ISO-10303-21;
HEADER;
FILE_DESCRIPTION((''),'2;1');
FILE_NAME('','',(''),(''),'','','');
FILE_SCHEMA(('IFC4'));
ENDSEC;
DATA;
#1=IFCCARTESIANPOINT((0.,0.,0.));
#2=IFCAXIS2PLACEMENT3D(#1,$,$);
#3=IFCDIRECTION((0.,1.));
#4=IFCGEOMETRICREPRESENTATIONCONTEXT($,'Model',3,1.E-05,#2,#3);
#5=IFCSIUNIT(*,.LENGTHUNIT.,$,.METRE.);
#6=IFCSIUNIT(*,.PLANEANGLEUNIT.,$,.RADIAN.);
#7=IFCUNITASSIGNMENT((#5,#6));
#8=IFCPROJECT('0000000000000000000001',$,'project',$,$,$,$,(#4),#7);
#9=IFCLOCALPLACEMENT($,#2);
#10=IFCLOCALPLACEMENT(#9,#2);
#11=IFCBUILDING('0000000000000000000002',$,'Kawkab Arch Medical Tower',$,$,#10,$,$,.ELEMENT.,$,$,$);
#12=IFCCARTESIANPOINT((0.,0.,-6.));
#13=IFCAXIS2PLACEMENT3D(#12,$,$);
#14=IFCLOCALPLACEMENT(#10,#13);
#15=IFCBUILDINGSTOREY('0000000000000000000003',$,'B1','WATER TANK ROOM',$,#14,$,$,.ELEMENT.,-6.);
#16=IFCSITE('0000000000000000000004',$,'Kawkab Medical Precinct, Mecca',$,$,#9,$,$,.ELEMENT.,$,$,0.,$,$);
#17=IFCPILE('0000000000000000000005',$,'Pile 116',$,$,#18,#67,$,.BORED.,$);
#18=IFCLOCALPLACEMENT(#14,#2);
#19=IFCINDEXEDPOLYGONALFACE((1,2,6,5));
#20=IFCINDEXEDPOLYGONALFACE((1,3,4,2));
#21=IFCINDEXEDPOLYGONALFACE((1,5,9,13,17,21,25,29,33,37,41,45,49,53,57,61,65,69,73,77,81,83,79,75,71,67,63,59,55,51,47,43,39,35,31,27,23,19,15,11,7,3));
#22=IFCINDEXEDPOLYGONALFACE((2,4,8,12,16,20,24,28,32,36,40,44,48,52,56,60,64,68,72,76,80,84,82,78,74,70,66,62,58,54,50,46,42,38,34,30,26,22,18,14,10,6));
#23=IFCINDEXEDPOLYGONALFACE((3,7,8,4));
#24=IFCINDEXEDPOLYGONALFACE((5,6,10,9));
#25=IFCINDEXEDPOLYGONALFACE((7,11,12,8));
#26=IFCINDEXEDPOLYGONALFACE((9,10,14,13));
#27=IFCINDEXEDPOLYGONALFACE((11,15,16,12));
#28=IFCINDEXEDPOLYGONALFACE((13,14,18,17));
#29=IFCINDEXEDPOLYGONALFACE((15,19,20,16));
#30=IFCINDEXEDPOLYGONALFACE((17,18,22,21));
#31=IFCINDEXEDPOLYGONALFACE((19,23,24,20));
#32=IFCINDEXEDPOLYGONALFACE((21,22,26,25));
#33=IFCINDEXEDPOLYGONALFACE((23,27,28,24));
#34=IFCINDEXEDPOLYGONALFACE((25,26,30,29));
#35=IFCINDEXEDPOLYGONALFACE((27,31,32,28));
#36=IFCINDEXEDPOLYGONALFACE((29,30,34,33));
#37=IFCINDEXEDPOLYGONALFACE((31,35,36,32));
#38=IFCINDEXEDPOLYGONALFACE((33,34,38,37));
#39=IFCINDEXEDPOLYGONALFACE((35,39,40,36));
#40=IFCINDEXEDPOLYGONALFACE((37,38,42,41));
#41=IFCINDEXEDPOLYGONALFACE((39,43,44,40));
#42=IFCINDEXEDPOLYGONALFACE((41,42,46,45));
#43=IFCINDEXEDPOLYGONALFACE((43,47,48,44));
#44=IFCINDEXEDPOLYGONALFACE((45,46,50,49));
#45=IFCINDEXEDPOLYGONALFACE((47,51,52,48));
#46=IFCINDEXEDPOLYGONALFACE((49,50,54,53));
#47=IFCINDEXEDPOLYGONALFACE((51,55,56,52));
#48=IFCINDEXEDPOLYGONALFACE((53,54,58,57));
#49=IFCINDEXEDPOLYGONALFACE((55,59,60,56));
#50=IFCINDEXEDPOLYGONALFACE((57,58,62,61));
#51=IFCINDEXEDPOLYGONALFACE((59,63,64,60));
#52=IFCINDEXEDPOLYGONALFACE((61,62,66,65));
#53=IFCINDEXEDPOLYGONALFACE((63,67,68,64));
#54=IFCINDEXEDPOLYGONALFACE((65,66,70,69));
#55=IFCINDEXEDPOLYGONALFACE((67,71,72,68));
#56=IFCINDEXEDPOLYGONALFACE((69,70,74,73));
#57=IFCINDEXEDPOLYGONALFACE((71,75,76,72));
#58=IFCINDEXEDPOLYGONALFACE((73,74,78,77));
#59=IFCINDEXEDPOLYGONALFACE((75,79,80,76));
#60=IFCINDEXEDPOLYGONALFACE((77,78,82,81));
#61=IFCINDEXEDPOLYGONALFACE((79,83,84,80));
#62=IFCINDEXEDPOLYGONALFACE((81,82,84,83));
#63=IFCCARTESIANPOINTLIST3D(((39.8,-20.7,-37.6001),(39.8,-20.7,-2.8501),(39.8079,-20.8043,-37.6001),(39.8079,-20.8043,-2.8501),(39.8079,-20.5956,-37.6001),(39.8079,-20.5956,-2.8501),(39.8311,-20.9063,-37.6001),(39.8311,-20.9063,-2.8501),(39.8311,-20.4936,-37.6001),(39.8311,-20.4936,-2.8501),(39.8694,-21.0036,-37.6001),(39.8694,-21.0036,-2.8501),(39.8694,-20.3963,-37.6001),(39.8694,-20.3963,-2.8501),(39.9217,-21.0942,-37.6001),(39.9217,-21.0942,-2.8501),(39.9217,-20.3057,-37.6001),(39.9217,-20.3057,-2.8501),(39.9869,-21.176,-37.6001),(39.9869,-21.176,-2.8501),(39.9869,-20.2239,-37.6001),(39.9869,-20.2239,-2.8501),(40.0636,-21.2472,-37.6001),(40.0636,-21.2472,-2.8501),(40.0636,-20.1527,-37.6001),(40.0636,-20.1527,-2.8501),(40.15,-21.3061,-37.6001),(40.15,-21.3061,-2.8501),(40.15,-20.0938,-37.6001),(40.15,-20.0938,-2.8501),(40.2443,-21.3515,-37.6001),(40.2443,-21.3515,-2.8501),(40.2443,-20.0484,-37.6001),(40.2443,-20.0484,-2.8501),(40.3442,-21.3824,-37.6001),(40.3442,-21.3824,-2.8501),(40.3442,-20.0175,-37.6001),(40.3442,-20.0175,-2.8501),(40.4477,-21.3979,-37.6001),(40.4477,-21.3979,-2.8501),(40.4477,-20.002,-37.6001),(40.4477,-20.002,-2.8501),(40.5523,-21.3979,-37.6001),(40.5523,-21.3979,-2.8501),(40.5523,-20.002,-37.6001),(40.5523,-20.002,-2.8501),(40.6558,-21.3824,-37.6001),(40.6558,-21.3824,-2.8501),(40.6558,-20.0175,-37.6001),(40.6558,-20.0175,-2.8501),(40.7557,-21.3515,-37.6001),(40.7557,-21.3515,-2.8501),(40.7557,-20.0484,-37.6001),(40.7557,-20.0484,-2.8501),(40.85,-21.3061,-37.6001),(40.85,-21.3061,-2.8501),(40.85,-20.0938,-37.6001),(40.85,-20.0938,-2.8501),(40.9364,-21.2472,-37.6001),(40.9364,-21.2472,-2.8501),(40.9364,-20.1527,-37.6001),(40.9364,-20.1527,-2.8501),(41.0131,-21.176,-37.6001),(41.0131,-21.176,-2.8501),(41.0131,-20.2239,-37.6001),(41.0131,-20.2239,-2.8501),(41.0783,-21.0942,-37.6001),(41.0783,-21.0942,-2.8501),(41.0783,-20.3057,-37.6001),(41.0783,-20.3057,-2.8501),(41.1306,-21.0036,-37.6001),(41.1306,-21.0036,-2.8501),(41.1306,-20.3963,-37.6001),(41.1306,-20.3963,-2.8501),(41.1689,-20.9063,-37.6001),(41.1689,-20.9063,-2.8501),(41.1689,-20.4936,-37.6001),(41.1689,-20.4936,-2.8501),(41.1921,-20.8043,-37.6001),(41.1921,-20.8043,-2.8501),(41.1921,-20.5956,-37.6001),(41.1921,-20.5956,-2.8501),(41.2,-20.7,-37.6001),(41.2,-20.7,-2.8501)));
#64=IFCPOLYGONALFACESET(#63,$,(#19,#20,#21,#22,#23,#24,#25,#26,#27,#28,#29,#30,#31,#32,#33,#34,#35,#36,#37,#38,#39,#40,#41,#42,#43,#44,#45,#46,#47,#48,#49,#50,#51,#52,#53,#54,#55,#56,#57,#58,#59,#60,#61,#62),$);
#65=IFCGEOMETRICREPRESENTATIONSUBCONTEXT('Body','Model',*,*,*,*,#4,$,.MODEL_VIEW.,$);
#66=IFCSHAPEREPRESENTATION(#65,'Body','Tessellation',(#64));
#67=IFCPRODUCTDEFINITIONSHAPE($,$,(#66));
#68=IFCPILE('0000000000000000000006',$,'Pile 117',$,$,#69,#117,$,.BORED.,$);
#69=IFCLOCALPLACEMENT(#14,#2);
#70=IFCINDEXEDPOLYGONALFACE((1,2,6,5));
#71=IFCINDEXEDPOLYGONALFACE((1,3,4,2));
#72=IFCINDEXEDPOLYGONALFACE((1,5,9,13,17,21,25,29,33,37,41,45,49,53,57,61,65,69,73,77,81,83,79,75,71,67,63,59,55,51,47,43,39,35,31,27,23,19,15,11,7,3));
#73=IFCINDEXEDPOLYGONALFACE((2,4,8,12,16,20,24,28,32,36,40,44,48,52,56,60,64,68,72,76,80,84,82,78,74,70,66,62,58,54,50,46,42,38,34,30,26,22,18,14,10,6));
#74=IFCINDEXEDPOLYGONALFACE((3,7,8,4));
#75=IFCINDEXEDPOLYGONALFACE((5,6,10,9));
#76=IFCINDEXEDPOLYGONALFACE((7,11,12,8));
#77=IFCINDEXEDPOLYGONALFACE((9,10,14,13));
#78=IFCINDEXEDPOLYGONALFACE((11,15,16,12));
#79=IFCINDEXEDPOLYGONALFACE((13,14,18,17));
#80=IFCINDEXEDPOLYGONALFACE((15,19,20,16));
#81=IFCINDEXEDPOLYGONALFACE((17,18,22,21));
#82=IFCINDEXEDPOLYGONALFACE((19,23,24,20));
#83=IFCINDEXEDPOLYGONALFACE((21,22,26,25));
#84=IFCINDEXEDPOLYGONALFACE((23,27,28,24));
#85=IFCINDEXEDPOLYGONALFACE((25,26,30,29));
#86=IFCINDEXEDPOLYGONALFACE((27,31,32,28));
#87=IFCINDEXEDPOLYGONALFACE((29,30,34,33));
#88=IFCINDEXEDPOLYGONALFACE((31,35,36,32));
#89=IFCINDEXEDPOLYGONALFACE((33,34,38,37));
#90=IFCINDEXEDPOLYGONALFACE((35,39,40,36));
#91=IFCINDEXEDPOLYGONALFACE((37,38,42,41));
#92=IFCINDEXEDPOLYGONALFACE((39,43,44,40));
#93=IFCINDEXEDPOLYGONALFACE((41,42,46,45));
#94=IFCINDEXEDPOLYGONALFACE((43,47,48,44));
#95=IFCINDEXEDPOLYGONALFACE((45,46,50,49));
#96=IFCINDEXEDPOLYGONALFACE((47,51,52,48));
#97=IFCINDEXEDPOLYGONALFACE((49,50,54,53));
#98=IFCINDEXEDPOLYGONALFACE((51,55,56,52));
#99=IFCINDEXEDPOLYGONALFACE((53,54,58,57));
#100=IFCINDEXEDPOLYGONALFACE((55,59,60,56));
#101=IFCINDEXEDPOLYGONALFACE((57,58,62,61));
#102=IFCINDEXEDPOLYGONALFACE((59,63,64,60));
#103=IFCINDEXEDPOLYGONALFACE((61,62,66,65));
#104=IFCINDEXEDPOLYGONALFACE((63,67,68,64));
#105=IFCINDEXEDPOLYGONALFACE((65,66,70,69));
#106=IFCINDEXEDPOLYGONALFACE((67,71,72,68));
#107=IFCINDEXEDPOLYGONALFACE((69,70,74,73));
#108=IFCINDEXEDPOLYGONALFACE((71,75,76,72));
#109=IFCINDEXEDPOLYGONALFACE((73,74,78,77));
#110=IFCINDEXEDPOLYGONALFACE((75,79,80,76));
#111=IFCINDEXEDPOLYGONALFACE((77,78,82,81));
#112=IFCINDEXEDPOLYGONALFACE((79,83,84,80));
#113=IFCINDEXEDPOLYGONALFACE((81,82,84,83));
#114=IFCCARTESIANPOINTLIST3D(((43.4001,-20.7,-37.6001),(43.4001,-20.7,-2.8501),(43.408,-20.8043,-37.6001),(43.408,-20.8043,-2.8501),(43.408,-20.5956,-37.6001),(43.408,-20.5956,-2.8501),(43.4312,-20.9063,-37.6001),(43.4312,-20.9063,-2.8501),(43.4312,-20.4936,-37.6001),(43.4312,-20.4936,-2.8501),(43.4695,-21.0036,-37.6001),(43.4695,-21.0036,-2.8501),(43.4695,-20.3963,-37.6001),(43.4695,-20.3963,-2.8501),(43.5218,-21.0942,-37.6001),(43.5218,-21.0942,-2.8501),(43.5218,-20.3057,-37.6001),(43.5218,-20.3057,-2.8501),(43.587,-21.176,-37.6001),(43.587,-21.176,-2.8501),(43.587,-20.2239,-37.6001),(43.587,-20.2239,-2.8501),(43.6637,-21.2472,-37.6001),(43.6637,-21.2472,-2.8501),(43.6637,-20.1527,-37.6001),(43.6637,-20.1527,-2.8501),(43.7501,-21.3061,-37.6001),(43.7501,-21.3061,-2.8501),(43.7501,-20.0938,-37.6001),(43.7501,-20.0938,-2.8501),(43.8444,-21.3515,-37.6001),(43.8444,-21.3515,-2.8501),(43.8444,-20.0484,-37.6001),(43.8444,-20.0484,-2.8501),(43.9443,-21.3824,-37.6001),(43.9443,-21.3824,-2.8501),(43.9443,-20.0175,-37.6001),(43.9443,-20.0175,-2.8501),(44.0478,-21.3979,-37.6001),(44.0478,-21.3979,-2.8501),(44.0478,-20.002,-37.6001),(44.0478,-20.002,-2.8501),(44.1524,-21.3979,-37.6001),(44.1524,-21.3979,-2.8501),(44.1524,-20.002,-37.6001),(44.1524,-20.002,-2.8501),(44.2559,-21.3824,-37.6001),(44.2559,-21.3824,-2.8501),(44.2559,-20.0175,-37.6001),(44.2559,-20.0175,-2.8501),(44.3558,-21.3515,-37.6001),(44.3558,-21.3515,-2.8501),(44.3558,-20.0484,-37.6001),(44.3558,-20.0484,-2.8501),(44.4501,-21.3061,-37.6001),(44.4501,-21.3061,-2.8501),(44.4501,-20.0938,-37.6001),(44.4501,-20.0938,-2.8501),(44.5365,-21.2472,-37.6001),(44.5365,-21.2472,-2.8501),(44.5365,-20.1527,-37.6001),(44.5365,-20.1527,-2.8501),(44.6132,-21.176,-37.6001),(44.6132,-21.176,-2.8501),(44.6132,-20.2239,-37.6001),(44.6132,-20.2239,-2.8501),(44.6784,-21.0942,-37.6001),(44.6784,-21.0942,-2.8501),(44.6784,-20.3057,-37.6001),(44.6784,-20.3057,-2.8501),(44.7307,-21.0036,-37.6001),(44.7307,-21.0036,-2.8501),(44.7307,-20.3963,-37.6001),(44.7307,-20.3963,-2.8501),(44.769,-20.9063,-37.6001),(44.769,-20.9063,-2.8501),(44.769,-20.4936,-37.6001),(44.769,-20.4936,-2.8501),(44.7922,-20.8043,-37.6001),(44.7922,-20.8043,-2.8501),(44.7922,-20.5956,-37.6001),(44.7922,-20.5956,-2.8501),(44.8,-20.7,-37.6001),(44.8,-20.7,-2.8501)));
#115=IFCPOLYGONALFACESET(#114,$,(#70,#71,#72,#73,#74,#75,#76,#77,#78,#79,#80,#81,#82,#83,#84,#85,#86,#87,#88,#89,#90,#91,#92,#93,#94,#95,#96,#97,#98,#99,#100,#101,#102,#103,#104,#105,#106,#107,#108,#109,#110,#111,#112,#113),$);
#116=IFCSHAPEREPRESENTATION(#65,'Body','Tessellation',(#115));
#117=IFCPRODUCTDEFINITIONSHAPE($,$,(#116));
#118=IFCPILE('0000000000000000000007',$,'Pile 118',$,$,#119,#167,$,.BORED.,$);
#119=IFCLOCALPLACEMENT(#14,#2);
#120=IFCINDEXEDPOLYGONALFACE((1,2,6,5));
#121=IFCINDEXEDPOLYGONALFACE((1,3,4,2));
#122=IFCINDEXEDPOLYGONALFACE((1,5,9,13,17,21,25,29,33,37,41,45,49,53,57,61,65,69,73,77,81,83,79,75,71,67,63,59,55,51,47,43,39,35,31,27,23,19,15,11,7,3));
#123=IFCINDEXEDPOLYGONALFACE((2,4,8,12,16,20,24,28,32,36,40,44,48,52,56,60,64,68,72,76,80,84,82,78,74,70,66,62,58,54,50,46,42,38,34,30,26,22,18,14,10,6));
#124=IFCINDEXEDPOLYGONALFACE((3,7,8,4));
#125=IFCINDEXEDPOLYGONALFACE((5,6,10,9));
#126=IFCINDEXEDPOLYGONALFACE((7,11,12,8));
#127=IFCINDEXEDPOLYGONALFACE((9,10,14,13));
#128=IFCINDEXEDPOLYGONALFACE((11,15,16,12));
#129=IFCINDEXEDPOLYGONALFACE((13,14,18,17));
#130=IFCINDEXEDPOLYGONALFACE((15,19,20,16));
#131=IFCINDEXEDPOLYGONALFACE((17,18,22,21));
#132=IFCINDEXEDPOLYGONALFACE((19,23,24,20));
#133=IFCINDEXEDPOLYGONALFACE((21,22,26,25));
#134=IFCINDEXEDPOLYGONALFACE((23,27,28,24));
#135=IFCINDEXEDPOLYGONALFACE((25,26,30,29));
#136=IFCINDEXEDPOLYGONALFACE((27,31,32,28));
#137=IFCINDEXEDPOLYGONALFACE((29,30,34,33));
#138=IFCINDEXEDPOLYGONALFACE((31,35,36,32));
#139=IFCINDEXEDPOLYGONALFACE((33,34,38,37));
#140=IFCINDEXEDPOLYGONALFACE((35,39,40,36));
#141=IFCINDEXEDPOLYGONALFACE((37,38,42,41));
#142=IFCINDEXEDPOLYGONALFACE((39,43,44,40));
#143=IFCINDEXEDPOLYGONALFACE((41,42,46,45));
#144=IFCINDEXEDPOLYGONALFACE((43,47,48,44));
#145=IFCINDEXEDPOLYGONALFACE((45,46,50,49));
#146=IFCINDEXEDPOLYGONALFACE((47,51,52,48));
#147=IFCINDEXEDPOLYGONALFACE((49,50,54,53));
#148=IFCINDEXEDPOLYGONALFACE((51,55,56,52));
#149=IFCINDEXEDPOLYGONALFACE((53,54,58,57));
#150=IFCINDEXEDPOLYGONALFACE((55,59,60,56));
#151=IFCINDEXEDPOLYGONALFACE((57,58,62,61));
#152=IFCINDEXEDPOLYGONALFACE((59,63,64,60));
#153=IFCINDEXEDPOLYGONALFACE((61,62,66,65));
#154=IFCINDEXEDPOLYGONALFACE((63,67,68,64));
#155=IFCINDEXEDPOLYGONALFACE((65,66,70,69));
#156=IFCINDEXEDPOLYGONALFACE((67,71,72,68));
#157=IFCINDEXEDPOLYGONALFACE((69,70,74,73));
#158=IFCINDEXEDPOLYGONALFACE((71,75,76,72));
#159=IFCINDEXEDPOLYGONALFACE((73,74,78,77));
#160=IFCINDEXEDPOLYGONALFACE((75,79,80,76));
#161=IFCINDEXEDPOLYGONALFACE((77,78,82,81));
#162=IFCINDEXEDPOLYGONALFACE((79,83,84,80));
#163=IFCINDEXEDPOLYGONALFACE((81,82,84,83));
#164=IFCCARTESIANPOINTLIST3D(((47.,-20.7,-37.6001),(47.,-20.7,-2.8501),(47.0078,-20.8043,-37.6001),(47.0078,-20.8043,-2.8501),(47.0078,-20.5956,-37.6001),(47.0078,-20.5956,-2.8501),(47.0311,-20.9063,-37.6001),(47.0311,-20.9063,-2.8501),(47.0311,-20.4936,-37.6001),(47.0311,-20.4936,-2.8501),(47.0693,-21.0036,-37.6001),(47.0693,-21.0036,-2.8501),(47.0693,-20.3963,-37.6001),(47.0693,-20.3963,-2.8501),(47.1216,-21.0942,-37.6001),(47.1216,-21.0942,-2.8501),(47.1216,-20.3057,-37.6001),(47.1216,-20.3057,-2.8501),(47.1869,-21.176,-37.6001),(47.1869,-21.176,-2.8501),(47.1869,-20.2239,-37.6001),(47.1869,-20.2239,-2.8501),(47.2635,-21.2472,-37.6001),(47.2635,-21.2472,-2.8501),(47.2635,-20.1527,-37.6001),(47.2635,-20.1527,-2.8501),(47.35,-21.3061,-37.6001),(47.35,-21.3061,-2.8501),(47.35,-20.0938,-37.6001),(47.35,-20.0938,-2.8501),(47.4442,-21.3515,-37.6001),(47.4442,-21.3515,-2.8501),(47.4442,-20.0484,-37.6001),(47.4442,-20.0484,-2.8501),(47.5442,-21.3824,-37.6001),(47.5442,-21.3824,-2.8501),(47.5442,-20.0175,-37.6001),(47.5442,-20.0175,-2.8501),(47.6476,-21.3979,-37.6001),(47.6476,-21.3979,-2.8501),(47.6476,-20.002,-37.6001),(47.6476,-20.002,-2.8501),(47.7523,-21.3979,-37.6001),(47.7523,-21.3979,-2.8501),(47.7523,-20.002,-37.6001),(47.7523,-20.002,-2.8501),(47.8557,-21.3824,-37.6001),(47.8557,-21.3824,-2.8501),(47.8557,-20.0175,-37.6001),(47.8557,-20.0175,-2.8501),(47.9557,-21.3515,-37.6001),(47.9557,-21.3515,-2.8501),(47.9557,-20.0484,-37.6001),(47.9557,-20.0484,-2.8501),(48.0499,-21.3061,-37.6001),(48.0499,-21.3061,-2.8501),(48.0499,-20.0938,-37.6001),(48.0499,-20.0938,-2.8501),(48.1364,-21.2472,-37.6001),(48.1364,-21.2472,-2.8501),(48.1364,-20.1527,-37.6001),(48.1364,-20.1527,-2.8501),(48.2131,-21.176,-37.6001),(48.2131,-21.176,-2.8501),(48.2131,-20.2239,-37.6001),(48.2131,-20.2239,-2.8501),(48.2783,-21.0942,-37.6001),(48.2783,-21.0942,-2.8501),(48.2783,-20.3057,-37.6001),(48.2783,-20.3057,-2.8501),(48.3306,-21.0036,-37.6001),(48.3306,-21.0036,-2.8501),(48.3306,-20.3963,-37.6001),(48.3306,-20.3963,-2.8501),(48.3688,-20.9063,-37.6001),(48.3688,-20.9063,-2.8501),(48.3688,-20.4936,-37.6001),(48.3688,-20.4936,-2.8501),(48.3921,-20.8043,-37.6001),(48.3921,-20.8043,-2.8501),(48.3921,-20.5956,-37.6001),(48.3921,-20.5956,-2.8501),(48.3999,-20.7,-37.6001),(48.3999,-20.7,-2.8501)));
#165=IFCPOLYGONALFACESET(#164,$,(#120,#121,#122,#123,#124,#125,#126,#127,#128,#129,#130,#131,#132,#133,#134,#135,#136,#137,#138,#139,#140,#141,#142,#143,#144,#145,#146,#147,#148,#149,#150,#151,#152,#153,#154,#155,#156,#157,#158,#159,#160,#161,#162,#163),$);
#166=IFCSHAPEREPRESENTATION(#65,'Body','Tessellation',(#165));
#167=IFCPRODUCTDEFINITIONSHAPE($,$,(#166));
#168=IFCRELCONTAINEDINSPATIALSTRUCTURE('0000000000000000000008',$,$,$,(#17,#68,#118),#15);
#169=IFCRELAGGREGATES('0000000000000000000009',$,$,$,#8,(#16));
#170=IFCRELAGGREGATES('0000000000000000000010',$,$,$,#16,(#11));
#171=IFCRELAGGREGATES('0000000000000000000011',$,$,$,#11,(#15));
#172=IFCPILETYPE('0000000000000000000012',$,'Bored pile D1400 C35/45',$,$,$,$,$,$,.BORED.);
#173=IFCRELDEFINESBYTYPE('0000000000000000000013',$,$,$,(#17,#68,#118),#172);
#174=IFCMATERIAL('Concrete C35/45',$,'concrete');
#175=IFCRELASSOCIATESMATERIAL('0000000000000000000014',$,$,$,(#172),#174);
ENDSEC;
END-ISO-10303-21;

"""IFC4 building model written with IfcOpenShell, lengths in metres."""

from ifc_helpers import new_model, si_unit, direction, frame, origin, origin_2d, place, context, subcontext, project, spatial, circle, extrude, material, material_profile, profile_set, type_object, element, save


model = new_model("IFC4")

# Units and contexts
model_context = context("Model", 3, precision=1e-05, world=origin(), true_north=direction((0.0, 1.0)))
body_context = subcontext(model_context, "Body", "Model", "MODEL_VIEW")
ifc_project = project(units=[si_unit("LENGTHUNIT", "METRE"), si_unit("PLANEANGLEUNIT", "RADIAN")], contexts=[model_context])

# Site, building, storey
site_placement = place(None, origin())
site = spatial("IfcSite", under=ifc_project, at=site_placement, Name="Kawkab Medical Precinct, Mecca", CompositionType="ELEMENT", RefElevation=0.0)
building_placement = place(site_placement, origin())
building = spatial("IfcBuilding", under=site, at=building_placement, Name="Kawkab Arch Medical Tower", CompositionType="ELEMENT")
storey_placement = place(building_placement, frame((0.0, 0.0, -6.0)))
storey = spatial("IfcBuildingStorey", under=building, at=storey_placement, Name="B1", Description="WATER TANK ROOM", CompositionType="ELEMENT", Elevation=-6.0)

# Piles
ifc_material_1 = material(Name="Concrete C35/45", Category="concrete")
ifc_material_profile_1 = material_profile(ifc_material_1, circle(Radius=0.7, at=origin_2d()), Name="Bored pile D1400")
ifc_profile_set_1 = profile_set([ifc_material_profile_1], Name="Concrete C35/45")
pile_type_1 = type_object("IfcPileType", Name="Bored pile D1400 C35/45", PredefinedType="BORED", material=ifc_profile_set_1)
for number, where, z_axis, x_axis, name in (
    (1, (40.5, -20.7, -2.8501), (0.0, 0.0, -1.0), (1.0, 0.0, 0.0), "Pile 116"),
    (2, (44.1001, -20.7, -2.8501), (0.0, 0.0, -1.0), (1.0, 0.0, 0.0), "Pile 117"),
    (3, (47.7, -20.7, -2.8501), (0.0, 0.0, -1.0), (1.0, 0.0, 0.0), "Pile 118"),
):
    element("IfcPile", number, at=place(storey_placement, frame(where, z_axis=z_axis, x_axis=x_axis)), inside=storey, type_object=pile_type_1, Name=name, PredefinedType="BORED", context=body_context, shape_type="SweptSolid", body=[
        extrude(circle(Radius=0.7, at=origin_2d()), origin(), (0.0, 0.0, 1.0), 34.75),
    ])

save(model, "model.ifc")
